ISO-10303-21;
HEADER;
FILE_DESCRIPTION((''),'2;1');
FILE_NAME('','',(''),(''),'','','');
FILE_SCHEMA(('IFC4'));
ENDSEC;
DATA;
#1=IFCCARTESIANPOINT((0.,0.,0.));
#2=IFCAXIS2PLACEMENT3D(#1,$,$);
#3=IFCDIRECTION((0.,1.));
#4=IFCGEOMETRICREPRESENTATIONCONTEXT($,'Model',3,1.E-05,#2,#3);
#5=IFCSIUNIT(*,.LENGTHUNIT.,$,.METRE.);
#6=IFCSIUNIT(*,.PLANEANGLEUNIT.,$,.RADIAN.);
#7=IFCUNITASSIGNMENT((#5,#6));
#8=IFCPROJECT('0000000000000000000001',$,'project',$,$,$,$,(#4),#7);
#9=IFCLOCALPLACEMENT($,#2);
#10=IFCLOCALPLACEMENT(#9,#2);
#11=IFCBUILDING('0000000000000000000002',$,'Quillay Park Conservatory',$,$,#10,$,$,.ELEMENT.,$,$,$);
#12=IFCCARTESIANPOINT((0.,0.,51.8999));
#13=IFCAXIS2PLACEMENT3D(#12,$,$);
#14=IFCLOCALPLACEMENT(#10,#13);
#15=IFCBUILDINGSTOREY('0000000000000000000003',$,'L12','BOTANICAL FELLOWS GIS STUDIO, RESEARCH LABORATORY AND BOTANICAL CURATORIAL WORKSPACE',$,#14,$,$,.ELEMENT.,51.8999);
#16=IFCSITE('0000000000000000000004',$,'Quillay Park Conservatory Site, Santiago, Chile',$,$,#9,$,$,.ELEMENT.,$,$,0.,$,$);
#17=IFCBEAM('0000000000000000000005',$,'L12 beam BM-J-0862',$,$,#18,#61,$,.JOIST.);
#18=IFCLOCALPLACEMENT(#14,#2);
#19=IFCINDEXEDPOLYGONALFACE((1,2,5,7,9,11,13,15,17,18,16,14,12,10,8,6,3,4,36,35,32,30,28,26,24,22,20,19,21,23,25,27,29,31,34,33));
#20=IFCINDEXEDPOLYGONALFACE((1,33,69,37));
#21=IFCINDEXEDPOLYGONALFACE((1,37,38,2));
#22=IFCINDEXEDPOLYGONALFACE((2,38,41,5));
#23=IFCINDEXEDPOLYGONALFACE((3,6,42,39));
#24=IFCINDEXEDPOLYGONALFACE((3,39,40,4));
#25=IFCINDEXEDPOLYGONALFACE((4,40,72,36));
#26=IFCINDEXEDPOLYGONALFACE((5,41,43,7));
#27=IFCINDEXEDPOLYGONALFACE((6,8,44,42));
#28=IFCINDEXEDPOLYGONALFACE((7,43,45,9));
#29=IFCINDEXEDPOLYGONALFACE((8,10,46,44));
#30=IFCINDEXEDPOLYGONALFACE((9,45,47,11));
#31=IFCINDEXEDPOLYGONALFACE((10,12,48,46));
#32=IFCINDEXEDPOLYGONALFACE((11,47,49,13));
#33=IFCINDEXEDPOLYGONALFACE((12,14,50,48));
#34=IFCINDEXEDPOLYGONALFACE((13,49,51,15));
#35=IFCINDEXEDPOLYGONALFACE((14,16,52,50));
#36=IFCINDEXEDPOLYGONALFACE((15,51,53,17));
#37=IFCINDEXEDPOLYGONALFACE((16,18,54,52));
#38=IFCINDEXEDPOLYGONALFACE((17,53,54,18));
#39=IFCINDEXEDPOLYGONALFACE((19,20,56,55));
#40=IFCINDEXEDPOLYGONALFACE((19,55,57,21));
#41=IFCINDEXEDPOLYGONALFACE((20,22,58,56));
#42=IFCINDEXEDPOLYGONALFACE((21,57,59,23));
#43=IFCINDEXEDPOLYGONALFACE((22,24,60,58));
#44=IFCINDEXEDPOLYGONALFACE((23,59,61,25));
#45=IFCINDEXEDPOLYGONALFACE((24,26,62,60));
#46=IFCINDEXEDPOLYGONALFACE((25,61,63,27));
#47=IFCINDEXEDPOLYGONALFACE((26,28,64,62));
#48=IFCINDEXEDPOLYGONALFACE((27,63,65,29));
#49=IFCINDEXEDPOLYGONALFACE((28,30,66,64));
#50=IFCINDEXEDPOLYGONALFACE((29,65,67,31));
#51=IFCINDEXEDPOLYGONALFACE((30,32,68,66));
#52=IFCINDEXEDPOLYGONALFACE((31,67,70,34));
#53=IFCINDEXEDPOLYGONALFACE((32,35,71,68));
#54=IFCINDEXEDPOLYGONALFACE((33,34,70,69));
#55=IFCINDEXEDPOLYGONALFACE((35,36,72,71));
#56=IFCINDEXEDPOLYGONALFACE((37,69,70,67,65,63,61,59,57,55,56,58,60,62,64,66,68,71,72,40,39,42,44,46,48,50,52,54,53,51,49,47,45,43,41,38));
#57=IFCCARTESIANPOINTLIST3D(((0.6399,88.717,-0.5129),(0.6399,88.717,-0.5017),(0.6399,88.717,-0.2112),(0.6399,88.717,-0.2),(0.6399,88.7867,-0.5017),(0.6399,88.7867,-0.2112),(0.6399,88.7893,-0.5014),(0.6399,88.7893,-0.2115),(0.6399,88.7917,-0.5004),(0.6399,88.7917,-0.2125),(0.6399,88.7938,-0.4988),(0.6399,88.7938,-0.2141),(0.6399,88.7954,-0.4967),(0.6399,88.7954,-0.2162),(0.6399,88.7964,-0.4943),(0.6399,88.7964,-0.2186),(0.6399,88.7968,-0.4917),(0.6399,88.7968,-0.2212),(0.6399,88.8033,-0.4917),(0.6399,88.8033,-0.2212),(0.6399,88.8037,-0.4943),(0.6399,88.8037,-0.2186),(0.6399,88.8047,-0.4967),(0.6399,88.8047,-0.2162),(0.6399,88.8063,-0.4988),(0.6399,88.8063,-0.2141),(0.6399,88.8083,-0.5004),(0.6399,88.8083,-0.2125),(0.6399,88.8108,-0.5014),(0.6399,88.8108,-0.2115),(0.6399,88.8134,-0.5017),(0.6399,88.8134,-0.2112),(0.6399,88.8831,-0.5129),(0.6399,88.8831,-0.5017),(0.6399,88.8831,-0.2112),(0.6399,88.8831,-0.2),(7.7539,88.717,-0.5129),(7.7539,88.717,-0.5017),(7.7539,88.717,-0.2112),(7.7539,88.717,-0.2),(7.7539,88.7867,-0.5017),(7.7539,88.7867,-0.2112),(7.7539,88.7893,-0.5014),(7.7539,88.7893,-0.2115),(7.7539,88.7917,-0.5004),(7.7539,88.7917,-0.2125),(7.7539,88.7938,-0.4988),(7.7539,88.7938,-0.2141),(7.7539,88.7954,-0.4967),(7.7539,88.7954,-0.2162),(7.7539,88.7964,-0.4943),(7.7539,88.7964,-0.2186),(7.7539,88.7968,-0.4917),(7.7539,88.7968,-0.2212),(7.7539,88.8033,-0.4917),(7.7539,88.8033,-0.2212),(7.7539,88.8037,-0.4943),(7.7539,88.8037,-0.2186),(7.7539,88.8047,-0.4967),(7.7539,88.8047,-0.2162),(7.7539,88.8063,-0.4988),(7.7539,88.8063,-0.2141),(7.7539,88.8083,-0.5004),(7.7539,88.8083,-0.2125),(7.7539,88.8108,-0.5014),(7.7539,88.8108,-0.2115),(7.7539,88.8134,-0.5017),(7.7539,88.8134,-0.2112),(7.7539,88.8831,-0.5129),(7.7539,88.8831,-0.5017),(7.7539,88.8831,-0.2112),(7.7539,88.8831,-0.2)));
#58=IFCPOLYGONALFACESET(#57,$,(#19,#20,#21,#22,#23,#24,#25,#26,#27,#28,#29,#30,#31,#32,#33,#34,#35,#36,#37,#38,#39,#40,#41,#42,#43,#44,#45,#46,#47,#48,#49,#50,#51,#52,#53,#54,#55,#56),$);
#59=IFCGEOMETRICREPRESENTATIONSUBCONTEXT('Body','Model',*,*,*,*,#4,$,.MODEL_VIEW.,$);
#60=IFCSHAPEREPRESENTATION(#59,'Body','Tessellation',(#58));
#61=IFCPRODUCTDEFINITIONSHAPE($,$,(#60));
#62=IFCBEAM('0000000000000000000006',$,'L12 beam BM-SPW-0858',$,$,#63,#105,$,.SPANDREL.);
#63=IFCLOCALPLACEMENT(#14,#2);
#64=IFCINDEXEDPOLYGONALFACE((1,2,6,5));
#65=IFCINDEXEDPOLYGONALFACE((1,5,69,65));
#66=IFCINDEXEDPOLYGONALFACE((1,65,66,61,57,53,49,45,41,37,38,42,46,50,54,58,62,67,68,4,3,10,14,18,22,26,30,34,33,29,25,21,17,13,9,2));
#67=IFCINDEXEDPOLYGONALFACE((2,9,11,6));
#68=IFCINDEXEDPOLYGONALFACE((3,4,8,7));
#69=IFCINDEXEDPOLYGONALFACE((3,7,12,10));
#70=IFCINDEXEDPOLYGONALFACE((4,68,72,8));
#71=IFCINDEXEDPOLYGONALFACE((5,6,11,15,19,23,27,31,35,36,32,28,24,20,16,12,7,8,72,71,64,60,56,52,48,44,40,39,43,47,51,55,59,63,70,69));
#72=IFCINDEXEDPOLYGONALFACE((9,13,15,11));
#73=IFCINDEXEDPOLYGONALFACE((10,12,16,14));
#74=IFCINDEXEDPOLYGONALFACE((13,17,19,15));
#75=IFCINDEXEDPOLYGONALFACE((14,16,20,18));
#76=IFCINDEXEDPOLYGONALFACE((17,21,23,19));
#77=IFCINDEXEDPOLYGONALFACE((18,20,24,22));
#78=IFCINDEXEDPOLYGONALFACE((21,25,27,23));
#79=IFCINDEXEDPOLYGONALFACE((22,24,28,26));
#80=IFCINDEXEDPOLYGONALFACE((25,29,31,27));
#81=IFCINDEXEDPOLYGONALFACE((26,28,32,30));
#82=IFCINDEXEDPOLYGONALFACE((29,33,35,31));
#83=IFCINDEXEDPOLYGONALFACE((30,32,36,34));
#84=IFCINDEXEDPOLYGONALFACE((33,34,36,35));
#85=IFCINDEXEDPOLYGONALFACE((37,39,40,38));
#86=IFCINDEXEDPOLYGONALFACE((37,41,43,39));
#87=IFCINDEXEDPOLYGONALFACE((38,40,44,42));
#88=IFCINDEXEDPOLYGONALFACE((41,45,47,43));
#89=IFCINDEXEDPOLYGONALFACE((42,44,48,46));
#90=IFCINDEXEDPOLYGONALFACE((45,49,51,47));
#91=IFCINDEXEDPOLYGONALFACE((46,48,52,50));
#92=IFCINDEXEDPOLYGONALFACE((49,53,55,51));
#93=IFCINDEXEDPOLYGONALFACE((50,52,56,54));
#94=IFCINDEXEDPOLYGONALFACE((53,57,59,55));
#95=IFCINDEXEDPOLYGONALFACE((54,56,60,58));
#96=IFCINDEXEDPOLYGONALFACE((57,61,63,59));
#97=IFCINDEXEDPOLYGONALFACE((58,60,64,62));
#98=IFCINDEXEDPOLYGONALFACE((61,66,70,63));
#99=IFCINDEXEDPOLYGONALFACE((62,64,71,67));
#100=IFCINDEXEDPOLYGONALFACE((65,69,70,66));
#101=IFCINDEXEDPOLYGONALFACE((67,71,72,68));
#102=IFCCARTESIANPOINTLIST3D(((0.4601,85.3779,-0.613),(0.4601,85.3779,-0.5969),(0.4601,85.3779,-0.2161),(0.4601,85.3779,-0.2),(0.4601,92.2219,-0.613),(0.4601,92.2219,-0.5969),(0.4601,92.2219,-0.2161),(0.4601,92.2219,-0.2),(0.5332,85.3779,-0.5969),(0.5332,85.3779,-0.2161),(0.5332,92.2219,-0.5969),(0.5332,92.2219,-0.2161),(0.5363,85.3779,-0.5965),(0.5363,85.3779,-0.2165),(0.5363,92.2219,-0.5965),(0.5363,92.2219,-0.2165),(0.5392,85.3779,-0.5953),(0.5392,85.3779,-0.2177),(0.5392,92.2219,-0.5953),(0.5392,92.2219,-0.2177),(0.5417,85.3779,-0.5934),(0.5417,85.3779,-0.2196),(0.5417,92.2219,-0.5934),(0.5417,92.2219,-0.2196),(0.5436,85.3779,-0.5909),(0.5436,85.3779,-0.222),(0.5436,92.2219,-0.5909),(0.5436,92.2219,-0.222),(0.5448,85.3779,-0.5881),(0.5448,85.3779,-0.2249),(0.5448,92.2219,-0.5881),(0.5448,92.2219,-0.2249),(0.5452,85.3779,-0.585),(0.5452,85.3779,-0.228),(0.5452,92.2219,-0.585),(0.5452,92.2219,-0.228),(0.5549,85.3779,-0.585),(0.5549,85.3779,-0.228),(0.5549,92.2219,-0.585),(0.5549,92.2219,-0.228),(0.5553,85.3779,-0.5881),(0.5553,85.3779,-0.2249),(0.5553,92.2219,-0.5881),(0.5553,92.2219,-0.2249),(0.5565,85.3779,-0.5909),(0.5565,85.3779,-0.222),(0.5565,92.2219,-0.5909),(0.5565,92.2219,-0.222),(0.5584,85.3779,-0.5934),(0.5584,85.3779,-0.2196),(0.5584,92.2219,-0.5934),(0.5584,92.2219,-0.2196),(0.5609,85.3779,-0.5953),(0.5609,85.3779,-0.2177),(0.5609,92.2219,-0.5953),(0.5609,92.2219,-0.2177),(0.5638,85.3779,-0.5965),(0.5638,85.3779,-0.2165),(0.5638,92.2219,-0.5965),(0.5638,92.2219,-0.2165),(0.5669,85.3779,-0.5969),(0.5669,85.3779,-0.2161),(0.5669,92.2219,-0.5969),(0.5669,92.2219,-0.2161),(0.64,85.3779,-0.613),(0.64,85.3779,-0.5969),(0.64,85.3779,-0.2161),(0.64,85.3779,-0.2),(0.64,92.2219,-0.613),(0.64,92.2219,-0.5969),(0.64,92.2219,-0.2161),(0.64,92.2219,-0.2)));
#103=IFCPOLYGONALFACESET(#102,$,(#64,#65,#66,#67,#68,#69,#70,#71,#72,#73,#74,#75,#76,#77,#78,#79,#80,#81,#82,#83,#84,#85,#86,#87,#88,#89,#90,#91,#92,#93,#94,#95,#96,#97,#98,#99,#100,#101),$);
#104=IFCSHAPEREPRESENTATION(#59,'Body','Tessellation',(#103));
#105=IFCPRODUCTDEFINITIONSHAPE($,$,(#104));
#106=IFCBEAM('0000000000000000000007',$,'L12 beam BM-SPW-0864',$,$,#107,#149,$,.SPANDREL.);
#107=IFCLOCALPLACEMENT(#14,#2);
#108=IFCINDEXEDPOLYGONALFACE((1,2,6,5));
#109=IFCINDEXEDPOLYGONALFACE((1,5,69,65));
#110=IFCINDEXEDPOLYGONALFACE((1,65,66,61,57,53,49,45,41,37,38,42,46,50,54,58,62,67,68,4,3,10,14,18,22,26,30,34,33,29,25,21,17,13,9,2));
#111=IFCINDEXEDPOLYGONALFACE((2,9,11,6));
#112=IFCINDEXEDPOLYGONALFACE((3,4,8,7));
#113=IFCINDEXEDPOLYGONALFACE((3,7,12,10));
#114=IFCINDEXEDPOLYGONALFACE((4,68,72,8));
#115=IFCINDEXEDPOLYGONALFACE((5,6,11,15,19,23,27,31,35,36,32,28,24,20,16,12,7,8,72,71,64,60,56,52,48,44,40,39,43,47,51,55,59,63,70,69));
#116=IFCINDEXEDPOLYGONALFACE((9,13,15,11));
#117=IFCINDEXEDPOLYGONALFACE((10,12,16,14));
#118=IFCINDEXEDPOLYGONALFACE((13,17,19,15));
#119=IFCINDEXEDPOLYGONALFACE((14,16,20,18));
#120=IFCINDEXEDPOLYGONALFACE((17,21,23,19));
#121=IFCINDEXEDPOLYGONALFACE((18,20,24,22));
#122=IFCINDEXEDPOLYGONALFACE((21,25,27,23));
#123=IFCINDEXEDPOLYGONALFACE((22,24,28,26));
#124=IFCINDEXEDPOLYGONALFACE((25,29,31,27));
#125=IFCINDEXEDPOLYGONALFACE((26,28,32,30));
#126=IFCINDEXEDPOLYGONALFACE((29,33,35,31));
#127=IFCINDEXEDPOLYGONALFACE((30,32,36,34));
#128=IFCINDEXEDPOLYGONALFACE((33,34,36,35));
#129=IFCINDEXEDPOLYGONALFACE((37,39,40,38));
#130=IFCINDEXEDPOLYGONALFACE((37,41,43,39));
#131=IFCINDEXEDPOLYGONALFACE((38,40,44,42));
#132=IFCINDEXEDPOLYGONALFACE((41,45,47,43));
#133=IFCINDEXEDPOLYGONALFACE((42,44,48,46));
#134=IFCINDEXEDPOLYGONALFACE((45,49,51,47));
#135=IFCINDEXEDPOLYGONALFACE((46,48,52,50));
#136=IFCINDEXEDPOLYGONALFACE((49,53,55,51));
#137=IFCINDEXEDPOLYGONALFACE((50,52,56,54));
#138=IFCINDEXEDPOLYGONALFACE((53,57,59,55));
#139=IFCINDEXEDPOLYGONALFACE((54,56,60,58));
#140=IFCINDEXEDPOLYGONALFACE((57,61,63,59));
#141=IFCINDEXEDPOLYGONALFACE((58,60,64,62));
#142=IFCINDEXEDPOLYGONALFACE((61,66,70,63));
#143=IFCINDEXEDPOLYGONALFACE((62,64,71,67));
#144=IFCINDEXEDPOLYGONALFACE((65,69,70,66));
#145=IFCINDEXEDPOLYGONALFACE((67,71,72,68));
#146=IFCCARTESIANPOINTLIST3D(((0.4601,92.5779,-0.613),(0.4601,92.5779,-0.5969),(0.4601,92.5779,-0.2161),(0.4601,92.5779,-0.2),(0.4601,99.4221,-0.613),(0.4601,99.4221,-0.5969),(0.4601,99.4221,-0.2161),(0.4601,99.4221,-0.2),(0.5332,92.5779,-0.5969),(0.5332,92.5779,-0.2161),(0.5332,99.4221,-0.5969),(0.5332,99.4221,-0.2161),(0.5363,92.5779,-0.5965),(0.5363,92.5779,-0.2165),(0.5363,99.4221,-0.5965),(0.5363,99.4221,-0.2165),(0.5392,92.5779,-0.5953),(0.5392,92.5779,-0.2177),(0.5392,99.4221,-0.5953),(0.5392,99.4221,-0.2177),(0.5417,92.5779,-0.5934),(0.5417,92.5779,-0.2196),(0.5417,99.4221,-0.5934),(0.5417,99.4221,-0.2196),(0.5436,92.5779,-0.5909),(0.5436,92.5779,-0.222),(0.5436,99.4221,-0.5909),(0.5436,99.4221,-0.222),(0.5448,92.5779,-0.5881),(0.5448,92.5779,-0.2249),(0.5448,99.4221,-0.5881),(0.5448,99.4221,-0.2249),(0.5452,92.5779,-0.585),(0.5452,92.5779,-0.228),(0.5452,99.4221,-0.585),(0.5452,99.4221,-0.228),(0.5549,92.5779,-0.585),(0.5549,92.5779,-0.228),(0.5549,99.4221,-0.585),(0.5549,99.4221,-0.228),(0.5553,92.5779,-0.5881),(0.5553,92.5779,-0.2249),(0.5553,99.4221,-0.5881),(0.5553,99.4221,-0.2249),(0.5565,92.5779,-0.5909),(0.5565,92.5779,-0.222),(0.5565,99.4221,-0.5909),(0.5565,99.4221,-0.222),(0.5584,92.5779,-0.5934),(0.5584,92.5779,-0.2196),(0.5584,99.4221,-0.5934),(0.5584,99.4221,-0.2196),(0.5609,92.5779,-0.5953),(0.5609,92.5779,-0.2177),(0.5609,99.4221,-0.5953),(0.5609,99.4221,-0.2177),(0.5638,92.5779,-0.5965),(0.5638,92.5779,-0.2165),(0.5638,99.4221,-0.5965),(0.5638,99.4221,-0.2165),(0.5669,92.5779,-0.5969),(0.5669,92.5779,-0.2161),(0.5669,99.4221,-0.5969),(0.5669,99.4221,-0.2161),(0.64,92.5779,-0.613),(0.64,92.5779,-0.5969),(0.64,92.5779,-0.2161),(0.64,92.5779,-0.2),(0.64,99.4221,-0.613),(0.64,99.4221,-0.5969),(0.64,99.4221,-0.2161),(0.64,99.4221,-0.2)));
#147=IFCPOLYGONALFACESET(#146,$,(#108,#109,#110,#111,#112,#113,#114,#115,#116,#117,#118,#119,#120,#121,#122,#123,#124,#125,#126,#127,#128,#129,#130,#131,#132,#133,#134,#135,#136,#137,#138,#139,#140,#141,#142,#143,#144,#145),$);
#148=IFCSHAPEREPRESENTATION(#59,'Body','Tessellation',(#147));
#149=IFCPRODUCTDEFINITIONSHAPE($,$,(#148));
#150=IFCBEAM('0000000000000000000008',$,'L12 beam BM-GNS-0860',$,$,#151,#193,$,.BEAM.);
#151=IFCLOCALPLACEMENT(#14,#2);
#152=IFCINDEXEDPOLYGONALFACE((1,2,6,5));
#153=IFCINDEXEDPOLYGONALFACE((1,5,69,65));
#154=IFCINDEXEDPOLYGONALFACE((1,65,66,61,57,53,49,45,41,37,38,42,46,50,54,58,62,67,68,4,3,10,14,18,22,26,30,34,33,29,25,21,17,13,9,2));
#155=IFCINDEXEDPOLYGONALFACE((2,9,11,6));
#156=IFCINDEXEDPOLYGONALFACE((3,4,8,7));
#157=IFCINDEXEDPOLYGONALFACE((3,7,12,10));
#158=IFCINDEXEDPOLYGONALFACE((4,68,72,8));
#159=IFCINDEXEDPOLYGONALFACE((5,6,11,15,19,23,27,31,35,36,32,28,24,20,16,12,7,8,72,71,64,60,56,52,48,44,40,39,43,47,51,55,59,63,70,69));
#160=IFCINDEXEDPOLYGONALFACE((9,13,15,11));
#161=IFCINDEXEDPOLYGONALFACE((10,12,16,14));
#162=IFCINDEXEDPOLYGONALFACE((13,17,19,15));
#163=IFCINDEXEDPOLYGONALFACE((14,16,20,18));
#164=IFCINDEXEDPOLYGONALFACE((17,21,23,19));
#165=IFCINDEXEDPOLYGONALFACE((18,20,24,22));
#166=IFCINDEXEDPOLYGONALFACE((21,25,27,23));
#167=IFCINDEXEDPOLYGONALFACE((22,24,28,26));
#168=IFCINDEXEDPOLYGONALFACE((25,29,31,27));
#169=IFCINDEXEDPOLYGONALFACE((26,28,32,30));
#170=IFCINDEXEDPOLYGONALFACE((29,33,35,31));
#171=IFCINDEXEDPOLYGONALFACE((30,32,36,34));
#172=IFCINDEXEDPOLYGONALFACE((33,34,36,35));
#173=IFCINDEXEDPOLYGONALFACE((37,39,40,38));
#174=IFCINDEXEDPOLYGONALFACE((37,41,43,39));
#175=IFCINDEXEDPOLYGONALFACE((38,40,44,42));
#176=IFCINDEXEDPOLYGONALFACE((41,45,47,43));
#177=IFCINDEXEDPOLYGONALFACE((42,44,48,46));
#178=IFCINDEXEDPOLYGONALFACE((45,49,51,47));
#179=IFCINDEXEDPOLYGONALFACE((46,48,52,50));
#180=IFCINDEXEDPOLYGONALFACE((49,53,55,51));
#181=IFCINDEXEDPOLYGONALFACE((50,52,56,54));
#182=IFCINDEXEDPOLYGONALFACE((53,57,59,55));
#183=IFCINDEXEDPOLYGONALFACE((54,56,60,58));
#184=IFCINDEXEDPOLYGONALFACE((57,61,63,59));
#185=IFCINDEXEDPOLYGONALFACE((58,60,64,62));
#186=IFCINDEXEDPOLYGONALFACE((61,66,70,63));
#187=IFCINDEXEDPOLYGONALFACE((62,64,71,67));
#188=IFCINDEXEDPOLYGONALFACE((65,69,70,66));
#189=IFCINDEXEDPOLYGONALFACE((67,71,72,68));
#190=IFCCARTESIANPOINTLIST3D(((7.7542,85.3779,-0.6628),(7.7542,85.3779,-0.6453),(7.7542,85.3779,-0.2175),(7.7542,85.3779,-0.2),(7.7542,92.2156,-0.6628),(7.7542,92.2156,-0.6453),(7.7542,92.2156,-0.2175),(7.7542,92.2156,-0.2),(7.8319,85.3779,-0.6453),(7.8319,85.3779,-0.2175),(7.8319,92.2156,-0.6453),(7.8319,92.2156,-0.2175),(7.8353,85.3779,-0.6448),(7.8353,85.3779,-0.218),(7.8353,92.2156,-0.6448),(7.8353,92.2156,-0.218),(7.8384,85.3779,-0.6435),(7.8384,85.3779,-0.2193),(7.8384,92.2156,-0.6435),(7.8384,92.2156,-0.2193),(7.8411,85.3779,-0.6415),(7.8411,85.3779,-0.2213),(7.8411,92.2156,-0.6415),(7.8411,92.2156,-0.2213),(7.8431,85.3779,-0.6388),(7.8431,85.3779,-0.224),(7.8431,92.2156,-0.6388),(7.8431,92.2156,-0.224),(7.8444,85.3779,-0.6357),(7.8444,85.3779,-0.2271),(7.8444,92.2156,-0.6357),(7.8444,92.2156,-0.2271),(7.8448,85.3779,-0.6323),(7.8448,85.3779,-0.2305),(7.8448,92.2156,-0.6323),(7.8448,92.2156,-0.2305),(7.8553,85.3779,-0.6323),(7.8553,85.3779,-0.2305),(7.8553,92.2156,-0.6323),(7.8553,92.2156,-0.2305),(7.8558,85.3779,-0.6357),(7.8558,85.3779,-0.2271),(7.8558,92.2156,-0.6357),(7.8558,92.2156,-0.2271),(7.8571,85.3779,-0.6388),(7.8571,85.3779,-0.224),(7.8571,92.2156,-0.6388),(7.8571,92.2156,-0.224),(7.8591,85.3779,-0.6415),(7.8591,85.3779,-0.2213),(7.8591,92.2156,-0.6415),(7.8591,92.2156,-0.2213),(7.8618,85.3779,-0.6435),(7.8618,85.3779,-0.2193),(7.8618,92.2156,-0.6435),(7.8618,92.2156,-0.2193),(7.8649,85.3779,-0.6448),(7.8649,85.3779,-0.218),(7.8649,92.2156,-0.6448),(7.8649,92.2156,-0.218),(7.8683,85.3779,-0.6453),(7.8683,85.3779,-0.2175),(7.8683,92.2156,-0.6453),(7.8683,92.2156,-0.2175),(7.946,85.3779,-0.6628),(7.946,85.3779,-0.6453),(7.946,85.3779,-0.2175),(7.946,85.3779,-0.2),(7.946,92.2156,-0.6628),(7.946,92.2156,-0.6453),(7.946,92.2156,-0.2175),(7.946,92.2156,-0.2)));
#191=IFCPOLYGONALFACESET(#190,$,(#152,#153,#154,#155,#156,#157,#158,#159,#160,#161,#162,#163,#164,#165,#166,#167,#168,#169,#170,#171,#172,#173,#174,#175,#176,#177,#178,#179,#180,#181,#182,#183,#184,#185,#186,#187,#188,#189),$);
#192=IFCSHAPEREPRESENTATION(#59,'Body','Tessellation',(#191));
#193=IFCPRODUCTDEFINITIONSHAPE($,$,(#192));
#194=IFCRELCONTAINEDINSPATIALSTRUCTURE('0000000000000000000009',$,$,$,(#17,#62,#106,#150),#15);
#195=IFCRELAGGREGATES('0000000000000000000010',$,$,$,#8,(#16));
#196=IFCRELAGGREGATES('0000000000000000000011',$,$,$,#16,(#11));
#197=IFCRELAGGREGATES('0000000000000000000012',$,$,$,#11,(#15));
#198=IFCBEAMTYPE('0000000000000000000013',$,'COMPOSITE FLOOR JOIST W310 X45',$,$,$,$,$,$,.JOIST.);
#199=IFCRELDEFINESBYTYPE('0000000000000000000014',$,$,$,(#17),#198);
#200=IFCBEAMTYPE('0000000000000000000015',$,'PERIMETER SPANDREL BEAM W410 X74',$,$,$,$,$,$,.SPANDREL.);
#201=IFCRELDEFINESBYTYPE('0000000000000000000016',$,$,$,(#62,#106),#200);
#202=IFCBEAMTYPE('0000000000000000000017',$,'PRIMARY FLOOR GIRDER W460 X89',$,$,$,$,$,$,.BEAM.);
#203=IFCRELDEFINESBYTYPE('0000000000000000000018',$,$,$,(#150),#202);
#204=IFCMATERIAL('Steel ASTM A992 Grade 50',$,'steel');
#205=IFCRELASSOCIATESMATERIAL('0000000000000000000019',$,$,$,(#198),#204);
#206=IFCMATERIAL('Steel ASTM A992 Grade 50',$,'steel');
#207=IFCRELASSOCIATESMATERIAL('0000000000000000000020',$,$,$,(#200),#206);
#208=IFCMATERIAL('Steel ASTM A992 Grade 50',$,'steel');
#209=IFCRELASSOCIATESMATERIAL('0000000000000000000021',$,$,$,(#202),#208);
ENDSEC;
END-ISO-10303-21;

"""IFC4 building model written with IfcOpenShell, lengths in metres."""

from ifc_helpers import new_model, si_unit, direction, frame, origin, origin_2d, place, context, subcontext, project, spatial, i_section, extrude, material, material_profile, profile_set, type_object, element, save


model = new_model("IFC4")

# Units and contexts
model_context = context("Model", 3, precision=1e-05, world=origin(), true_north=direction((0.0, 1.0)))
body_context = subcontext(model_context, "Body", "Model", "MODEL_VIEW")
ifc_project = project(units=[si_unit("LENGTHUNIT", "METRE"), si_unit("PLANEANGLEUNIT", "RADIAN")], contexts=[model_context])

# Site, building, storey
site_placement = place(None, origin())
site = spatial("IfcSite", under=ifc_project, at=site_placement, Name="Quillay Park Conservatory Site, Santiago, Chile", CompositionType="ELEMENT", RefElevation=0.0)
building_placement = place(site_placement, origin())
building = spatial("IfcBuilding", under=site, at=building_placement, Name="Quillay Park Conservatory", CompositionType="ELEMENT")
storey_placement = place(building_placement, frame((0.0, 0.0, 51.8999)))
storey = spatial("IfcBuildingStorey", under=building, at=storey_placement, Name="L12", Description="BOTANICAL FELLOWS GIS STUDIO, RESEARCH LABORATORY AND BOTANICAL CURATORIAL WORKSPACE", CompositionType="ELEMENT", Elevation=51.8999)

# Beams
ifc_material_1 = material(Name="Steel ASTM A992 Grade 50", Category="steel")
ifc_material_profile_1 = material_profile(ifc_material_1, i_section(OverallWidth=0.166, OverallDepth=0.313, WebThickness=0.0066, FlangeThickness=0.0112, FilletRadius=0.01, at=origin_2d()), Name="W310x45")
ifc_profile_set_1 = profile_set([ifc_material_profile_1], Name="Steel ASTM A992 Grade 50")
beam_type_1 = type_object("IfcBeamType", Name="COMPOSITE FLOOR JOIST W310 X45", PredefinedType="JOIST", material=ifc_profile_set_1)
beam_1_placement = place(storey_placement, frame((0.6399, 88.8, -0.3564), z_axis=(1.0, 0.0, 0.0), x_axis=(0.0, 1.0, 0.0)))
element("IfcBeam", 1, at=beam_1_placement, inside=storey, type_object=beam_type_1, Name="L12 beam BM-J-0862", PredefinedType="JOIST", context=body_context, shape_type="SweptSolid", body=[
    extrude(i_section(OverallWidth=0.166, OverallDepth=0.313, WebThickness=0.0066, FlangeThickness=0.0112, FilletRadius=0.01, at=origin_2d()), origin(), (0.0, 0.0, 1.0), 7.114),
])
ifc_material_2 = material(Name="Steel ASTM A992 Grade 50", Category="steel")
ifc_material_profile_2 = material_profile(ifc_material_2, i_section(OverallWidth=0.1799, OverallDepth=0.4131, WebThickness=0.0098, FlangeThickness=0.0161, FilletRadius=0.012, at=origin_2d()), Name="W410x74")
ifc_profile_set_2 = profile_set([ifc_material_profile_2], Name="Steel ASTM A992 Grade 50")
beam_type_2 = type_object("IfcBeamType", Name="PERIMETER SPANDREL BEAM W410 X74", PredefinedType="SPANDREL", material=ifc_profile_set_2)
beam_2_placement = place(storey_placement, frame((0.55, 85.3779, -0.4065), z_axis=(0.0, 1.0, 0.0), x_axis=(-1.0, 0.0, 0.0)))
element("IfcBeam", 2, at=beam_2_placement, inside=storey, type_object=beam_type_2, Name="L12 beam BM-SPW-0858", PredefinedType="SPANDREL", context=body_context, shape_type="SweptSolid", body=[
    extrude(i_section(OverallWidth=0.1799, OverallDepth=0.4131, WebThickness=0.0098, FlangeThickness=0.0161, FilletRadius=0.012, at=origin_2d()), origin(), (0.0, 0.0, 1.0), 6.844),
])
beam_3_placement = place(storey_placement, frame((0.55, 92.5779, -0.4065), z_axis=(0.0, 1.0, 0.0), x_axis=(-1.0, 0.0, 0.0)))
element("IfcBeam", 3, at=beam_3_placement, inside=storey, type_object=beam_type_2, Name="L12 beam BM-SPW-0864", PredefinedType="SPANDREL", context=body_context, shape_type="SweptSolid", body=[
    extrude(i_section(OverallWidth=0.1799, OverallDepth=0.4131, WebThickness=0.0098, FlangeThickness=0.0161, FilletRadius=0.012, at=origin_2d()), origin(), (0.0, 0.0, 1.0), 6.8442),
])
ifc_material_3 = material(Name="Steel ASTM A992 Grade 50", Category="steel")
ifc_material_profile_3 = material_profile(ifc_material_3, i_section(OverallWidth=0.1919, OverallDepth=0.4629, WebThickness=0.0105, FlangeThickness=0.0176, FilletRadius=0.0129, at=origin_2d()), Name="W460x89")
ifc_profile_set_3 = profile_set([ifc_material_profile_3], Name="Steel ASTM A992 Grade 50")
beam_type_3 = type_object("IfcBeamType", Name="PRIMARY FLOOR GIRDER W460 X89", PredefinedType="BEAM", material=ifc_profile_set_3)
for number, where, z_axis, x_axis, name in (
    (4, (7.8501, 85.3779, -0.4314), (0.0, 1.0, 0.0), (-1.0, 0.0, 0.0), "L12 beam BM-GNS-0860"),
):
    element("IfcBeam", number, at=place(storey_placement, frame(where, z_axis=z_axis, x_axis=x_axis)), inside=storey, type_object=beam_type_3, Name=name, PredefinedType="BEAM", context=body_context, shape_type="SweptSolid", body=[
        extrude(i_section(OverallWidth=0.1919, OverallDepth=0.4629, WebThickness=0.0105, FlangeThickness=0.0176, FilletRadius=0.0129, at=origin_2d()), origin(), (0.0, 0.0, 1.0), 6.8376),
    ])

save(model, "model.ifc")
